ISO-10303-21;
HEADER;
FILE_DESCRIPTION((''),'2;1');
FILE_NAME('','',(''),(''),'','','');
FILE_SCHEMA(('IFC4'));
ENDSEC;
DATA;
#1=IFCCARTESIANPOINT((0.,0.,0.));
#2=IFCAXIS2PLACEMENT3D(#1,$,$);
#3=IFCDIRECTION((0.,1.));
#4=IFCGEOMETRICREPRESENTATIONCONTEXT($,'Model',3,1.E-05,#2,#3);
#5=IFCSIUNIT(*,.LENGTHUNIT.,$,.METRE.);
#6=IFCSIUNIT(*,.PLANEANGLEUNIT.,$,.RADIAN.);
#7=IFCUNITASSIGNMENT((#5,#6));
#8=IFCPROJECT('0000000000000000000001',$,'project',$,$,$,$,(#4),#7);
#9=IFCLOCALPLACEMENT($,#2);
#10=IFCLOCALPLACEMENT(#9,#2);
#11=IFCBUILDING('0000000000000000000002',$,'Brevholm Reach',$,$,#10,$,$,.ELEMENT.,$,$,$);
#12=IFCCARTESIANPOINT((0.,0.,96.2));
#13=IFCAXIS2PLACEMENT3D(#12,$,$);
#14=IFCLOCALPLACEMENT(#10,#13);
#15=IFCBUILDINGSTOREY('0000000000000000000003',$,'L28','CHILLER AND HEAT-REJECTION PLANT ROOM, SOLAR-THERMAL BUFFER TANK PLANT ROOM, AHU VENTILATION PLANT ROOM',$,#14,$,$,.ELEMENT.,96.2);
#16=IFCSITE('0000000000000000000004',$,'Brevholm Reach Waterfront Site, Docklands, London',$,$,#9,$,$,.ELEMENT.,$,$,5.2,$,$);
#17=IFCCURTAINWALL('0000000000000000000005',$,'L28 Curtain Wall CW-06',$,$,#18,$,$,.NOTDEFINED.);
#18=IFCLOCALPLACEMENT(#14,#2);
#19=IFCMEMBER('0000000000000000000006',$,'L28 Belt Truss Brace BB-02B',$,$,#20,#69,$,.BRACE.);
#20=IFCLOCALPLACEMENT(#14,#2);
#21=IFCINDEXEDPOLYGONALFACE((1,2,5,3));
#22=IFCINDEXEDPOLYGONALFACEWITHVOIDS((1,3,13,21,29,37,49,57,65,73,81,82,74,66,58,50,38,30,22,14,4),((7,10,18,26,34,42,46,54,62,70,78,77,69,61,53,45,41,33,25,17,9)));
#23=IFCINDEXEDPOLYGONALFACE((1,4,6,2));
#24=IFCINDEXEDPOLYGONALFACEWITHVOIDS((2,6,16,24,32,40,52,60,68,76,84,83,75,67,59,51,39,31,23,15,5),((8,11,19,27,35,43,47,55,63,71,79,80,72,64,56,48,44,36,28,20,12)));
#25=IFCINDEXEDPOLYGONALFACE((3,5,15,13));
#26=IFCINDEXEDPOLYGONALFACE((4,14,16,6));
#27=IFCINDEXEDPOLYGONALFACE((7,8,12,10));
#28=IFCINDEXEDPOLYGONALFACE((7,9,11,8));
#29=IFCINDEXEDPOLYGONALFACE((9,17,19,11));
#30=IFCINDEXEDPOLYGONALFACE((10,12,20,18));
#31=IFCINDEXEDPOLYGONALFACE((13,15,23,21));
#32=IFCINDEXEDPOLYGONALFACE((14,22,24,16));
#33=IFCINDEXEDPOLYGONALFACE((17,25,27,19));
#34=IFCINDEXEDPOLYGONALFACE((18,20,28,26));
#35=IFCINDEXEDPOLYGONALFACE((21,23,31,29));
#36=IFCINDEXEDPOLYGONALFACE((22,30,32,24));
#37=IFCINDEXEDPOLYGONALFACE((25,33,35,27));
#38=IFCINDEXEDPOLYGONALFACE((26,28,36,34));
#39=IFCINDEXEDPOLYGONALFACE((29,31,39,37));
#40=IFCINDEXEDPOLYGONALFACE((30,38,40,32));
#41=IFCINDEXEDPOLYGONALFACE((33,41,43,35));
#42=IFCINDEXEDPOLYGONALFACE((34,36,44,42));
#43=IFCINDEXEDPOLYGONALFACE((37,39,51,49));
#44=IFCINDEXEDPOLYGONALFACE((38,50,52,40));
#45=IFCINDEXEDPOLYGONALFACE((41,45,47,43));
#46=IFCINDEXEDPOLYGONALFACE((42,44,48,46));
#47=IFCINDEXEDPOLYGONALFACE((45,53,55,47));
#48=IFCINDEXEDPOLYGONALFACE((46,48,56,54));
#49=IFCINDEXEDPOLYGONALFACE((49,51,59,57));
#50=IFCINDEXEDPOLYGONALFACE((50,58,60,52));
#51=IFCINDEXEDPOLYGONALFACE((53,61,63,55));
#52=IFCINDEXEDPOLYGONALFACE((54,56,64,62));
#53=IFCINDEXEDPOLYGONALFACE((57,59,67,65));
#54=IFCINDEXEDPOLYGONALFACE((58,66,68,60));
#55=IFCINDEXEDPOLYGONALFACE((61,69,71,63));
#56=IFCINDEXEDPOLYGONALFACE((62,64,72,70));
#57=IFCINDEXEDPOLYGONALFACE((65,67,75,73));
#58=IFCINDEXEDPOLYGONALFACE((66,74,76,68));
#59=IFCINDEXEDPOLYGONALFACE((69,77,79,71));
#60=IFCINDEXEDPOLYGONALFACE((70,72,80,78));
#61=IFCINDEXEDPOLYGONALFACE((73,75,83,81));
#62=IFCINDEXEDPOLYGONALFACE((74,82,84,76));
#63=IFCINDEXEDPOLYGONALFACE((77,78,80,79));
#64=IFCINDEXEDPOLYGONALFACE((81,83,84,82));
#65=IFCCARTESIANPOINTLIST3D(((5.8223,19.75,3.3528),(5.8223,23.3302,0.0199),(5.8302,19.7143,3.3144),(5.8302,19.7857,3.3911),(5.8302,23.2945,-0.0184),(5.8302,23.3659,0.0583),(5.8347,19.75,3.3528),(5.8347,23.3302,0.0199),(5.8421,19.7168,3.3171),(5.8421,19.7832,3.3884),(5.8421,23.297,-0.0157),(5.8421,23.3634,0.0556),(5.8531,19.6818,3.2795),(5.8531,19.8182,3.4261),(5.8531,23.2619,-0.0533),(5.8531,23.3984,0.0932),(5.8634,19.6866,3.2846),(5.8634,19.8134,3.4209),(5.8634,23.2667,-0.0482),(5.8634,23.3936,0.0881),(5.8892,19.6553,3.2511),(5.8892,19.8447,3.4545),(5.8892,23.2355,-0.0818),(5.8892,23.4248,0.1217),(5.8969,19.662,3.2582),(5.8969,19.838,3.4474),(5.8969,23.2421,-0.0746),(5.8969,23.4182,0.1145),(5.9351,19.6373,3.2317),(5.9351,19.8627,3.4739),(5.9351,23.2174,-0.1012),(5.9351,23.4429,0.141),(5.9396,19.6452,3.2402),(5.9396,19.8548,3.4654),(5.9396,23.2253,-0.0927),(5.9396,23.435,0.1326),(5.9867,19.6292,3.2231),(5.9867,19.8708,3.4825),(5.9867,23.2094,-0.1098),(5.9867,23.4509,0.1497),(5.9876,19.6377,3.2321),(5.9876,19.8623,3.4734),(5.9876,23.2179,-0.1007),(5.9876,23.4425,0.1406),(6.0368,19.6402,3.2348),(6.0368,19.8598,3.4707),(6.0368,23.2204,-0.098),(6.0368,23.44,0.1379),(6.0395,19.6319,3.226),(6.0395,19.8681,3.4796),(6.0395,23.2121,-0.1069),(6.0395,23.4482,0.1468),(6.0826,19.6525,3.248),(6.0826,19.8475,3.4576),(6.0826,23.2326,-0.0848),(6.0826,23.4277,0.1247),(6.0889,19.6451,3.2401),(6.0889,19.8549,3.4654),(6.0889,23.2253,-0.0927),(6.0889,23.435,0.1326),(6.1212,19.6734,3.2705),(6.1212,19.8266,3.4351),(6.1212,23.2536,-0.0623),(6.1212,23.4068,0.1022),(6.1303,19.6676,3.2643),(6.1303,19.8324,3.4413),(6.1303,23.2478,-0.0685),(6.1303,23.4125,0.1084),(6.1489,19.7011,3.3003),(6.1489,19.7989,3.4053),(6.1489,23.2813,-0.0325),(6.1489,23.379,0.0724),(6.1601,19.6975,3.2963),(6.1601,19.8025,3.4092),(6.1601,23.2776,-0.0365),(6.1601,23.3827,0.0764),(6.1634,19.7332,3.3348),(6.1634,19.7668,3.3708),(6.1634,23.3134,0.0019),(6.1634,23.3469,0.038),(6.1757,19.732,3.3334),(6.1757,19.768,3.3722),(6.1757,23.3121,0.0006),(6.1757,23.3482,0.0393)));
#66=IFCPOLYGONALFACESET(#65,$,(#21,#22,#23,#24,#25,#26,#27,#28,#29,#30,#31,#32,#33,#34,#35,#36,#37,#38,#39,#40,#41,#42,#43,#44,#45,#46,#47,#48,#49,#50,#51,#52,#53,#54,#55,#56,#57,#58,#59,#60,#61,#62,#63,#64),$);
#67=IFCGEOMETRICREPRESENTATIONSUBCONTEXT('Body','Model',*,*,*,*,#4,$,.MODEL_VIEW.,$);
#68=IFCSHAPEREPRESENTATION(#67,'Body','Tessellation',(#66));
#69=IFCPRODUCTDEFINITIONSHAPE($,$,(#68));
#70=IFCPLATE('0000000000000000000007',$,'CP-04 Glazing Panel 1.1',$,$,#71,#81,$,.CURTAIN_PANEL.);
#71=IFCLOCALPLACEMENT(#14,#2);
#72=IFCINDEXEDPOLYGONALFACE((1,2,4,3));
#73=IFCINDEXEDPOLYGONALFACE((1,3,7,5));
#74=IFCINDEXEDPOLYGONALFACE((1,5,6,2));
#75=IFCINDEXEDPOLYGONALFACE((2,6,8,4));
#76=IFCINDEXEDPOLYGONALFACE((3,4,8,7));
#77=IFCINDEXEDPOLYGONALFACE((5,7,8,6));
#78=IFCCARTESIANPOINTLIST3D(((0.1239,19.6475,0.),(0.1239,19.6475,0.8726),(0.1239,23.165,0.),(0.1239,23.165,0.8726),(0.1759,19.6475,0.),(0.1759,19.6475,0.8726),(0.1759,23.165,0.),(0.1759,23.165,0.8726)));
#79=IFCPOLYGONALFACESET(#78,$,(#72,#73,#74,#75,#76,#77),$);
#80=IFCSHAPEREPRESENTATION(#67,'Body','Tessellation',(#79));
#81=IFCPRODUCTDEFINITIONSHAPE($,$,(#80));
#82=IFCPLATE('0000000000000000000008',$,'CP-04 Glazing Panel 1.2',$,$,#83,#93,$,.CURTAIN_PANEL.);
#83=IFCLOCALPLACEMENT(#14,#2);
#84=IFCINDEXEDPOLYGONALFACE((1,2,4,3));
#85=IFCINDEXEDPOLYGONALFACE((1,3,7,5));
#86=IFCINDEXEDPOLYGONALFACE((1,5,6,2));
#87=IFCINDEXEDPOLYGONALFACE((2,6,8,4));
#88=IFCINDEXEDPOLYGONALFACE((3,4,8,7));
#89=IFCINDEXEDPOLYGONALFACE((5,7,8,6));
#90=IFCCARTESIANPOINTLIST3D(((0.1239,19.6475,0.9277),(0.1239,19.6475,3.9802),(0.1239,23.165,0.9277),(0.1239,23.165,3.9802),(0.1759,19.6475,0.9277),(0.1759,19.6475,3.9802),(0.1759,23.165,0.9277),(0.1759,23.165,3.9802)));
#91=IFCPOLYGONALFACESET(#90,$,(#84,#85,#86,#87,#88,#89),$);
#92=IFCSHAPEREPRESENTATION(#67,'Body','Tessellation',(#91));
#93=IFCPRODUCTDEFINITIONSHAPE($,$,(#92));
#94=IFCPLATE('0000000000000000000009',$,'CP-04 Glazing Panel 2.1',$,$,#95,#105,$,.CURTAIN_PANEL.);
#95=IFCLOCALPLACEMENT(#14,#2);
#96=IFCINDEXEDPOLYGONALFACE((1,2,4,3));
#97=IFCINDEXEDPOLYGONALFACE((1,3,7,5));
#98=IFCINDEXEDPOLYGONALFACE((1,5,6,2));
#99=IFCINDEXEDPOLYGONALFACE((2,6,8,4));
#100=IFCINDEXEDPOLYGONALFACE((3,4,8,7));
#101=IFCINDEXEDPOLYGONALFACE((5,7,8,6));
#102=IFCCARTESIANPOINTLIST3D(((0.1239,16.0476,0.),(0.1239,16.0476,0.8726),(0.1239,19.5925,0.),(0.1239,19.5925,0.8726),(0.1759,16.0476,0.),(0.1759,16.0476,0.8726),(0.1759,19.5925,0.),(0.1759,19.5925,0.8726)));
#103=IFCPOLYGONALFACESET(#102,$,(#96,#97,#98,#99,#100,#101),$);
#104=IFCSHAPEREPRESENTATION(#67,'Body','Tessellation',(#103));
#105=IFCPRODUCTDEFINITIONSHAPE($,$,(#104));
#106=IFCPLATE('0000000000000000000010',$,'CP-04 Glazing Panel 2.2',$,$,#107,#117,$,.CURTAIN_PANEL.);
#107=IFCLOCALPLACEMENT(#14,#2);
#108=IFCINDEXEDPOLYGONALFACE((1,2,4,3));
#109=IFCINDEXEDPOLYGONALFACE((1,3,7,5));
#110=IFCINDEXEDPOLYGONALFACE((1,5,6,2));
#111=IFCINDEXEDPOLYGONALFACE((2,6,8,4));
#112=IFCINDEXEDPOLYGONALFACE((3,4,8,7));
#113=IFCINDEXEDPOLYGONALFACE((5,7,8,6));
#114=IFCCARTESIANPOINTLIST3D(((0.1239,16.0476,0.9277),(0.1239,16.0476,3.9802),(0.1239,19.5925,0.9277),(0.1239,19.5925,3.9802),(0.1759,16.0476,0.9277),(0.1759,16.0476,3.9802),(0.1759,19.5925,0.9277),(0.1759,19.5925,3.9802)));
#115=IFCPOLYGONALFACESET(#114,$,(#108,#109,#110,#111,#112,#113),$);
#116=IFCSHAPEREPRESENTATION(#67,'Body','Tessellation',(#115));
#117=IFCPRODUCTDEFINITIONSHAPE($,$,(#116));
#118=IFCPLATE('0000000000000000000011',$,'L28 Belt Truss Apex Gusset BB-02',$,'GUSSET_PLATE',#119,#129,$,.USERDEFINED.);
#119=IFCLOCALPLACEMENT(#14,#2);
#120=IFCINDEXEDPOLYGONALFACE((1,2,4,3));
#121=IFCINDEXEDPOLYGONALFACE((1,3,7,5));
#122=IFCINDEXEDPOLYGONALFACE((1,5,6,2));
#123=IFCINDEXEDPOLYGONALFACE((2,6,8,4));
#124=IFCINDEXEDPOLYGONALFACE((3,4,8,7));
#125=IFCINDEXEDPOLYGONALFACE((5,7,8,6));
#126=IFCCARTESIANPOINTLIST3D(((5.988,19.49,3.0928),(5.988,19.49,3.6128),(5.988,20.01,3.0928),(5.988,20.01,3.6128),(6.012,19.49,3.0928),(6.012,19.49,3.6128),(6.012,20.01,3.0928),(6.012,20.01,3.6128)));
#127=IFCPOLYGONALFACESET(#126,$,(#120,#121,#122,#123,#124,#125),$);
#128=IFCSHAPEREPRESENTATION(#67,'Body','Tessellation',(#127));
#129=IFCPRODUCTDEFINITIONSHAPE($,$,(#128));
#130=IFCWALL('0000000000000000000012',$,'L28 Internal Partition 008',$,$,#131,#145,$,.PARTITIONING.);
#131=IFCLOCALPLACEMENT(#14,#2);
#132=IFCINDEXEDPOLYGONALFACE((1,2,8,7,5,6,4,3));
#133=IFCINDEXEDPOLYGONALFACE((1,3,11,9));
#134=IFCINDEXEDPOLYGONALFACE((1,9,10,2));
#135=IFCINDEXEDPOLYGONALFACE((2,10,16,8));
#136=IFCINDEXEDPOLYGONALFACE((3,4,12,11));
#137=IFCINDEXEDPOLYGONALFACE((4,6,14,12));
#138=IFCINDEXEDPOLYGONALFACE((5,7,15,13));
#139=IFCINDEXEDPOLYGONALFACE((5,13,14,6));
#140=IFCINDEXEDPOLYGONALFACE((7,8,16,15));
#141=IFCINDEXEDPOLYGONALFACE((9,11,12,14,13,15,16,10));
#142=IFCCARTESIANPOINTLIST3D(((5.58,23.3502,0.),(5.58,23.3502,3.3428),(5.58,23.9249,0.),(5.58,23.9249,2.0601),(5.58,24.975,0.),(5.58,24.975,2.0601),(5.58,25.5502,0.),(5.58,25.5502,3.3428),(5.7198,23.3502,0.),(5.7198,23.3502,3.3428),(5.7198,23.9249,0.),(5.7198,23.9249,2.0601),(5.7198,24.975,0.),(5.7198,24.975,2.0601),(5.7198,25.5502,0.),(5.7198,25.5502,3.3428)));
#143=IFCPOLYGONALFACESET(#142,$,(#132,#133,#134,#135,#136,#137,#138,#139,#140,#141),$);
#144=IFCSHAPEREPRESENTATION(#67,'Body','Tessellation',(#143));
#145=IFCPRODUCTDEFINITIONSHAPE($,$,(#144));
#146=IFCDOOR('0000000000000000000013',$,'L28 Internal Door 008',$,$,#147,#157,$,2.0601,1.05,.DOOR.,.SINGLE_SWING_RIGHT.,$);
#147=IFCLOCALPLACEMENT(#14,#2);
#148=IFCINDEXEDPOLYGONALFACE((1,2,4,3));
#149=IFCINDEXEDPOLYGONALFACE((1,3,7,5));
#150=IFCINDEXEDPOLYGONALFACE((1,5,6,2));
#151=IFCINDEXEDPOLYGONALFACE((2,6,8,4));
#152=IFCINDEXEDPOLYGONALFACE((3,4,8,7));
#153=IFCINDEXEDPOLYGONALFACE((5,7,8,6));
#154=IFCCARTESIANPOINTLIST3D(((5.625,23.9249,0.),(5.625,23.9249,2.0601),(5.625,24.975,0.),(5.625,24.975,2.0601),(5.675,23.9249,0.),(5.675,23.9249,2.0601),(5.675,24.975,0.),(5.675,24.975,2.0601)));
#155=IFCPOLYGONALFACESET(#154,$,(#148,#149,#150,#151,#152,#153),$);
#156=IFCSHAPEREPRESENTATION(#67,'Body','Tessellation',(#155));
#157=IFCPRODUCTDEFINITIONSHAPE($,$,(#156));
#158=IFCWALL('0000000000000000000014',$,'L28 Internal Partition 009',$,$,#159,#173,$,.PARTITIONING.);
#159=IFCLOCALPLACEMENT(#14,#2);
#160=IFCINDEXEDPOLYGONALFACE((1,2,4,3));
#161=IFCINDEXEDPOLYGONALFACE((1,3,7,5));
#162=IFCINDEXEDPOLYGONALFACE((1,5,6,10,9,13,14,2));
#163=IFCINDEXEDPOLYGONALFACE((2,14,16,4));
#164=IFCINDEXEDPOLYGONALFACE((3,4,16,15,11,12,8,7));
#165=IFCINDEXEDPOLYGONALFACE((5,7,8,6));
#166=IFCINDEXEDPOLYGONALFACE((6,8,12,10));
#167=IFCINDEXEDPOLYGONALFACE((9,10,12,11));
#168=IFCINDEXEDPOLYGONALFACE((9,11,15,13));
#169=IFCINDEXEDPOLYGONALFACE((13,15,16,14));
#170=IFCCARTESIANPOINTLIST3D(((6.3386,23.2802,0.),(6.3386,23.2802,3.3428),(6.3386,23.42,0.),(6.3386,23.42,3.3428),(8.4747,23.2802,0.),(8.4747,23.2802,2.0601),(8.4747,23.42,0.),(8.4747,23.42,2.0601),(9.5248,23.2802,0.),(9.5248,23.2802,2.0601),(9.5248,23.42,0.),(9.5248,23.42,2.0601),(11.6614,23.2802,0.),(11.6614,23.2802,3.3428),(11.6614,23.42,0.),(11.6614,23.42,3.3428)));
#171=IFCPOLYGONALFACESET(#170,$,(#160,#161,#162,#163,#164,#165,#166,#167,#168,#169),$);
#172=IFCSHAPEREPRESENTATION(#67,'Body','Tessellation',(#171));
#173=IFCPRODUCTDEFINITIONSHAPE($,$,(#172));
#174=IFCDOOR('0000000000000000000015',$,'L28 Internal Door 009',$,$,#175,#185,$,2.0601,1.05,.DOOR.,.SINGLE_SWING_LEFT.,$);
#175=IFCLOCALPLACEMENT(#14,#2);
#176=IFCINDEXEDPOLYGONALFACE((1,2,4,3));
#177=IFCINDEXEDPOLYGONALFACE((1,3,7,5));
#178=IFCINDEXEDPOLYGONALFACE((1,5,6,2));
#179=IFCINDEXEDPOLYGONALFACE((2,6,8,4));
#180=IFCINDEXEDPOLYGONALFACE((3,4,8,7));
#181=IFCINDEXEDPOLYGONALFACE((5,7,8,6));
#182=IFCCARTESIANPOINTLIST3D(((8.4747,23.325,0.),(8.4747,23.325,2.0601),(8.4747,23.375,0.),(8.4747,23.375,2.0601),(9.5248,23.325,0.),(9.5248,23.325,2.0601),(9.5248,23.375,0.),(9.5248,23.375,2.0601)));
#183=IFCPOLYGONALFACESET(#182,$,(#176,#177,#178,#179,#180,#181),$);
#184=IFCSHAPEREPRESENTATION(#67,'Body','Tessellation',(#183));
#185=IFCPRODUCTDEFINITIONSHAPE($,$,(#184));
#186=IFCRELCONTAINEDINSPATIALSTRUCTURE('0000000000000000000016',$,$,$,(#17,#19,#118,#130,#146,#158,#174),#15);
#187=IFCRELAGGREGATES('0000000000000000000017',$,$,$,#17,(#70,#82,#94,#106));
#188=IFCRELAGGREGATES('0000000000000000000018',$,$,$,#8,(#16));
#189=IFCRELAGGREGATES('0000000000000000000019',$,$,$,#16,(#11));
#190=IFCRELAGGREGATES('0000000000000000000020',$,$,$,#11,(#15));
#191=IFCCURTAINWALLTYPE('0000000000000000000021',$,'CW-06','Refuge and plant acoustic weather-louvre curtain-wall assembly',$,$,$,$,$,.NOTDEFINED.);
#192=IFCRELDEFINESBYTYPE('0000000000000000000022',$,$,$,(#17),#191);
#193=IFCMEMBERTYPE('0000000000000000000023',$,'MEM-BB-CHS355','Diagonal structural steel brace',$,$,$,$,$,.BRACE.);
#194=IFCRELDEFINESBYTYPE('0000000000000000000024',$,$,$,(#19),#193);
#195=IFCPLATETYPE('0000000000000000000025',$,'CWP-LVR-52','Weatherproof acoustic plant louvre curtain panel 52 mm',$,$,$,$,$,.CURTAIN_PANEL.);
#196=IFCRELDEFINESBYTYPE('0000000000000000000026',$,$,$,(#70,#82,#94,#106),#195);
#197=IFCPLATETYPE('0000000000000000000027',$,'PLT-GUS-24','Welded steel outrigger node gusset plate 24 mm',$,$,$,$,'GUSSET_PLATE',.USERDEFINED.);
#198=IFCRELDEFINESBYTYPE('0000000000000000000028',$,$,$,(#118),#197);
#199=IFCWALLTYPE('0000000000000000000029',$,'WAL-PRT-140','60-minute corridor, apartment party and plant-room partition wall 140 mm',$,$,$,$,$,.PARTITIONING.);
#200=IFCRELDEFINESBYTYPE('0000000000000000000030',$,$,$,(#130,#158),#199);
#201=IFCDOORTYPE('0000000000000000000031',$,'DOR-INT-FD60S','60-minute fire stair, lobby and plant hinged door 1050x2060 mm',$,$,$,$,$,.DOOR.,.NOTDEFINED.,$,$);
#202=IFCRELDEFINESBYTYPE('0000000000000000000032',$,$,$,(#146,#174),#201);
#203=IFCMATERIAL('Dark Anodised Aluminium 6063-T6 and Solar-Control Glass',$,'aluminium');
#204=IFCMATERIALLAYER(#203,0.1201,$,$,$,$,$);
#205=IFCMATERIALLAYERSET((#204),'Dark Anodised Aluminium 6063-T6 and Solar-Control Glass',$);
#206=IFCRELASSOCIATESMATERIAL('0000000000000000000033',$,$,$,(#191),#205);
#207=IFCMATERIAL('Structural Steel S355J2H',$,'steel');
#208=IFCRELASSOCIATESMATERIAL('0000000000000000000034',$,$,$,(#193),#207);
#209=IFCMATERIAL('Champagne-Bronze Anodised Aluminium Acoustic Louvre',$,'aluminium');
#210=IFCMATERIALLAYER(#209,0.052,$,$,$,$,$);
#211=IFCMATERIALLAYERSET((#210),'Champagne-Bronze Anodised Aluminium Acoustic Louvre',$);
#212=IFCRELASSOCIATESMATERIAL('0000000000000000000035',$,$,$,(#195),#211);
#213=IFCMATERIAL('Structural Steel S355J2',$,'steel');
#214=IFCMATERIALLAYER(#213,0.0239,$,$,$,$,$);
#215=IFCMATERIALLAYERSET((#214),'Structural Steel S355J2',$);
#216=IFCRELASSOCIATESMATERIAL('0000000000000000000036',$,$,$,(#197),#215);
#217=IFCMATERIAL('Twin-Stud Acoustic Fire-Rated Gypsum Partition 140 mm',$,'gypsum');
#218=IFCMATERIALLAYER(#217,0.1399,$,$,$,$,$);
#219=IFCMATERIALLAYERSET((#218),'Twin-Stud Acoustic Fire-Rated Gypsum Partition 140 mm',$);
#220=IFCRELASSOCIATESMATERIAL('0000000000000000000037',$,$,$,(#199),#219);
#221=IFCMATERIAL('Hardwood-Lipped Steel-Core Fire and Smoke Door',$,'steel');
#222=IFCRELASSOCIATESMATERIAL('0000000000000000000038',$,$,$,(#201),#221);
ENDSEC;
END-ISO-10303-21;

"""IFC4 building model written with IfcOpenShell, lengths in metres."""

from ifc_helpers import new_model, si_unit, direction, frame, frame_2d, origin, origin_2d, place, context, subcontext, project, spatial, rectangle, hollow_circle, extrude, material, layer, layer_set, material_profile, profile_set, type_object, element, fill, aggregate, save


model = new_model("IFC4")

# Units and contexts
model_context = context("Model", 3, precision=1e-05, world=origin(), true_north=direction((0.0, 1.0)))
body_context = subcontext(model_context, "Body", "Model", "MODEL_VIEW")
ifc_project = project(units=[si_unit("LENGTHUNIT", "METRE"), si_unit("PLANEANGLEUNIT", "RADIAN")], contexts=[model_context])

# Site, building, storey
site_placement = place(None, origin())
site = spatial("IfcSite", under=ifc_project, at=site_placement, Name="Brevholm Reach Waterfront Site, Docklands, London", CompositionType="ELEMENT", RefElevation=5.2)
building_placement = place(site_placement, origin())
building = spatial("IfcBuilding", under=site, at=building_placement, Name="Brevholm Reach", CompositionType="ELEMENT")
storey_placement = place(building_placement, frame((0.0, 0.0, 96.2)))
storey = spatial("IfcBuildingStorey", under=building, at=storey_placement, Name="L28", Description="CHILLER AND HEAT-REJECTION PLANT ROOM, SOLAR-THERMAL BUFFER TANK PLANT ROOM, AHU VENTILATION PLANT ROOM", CompositionType="ELEMENT", Elevation=96.2)

# Curtain wall
ifc_material_1 = material(Name="Dark Anodised Aluminium 6063-T6 and Solar-Control Glass", Category="aluminium")
ifc_layer_1 = layer(ifc_material_1, 0.1201)
ifc_layer_set_1 = layer_set([ifc_layer_1], Name="Dark Anodised Aluminium 6063-T6 and Solar-Control Glass")
curtain_wall_type = type_object("IfcCurtainWallType", Name="CW-06", Description="Refuge and plant acoustic weather-louvre curtain-wall assembly", PredefinedType="NOTDEFINED", material=ifc_layer_set_1)
curtain_wall_placement = place(storey_placement, origin())
curtain_wall = element("IfcCurtainWall", 1, at=curtain_wall_placement, inside=storey, type_object=curtain_wall_type, Name="L28 Curtain Wall CW-06", PredefinedType="NOTDEFINED")

# Member
ifc_material_2 = material(Name="Structural Steel S355J2H", Category="steel")
ifc_material_profile_1 = material_profile(ifc_material_2, hollow_circle(Radius=0.1777, WallThickness=0.0125, at=origin_2d()), Name="CHS 355.6x12.5")
ifc_profile_set_1 = profile_set([ifc_material_profile_1], Name="Structural Steel S355J2H")
member_type_1 = type_object("IfcMemberType", Name="MEM-BB-CHS355", Description="Diagonal structural steel brace", PredefinedType="BRACE", material=ifc_profile_set_1)
for number, where, z_axis, x_axis, name in (
    (2, (6.0, 19.75, 3.3528), (0.0, 0.731936, -0.681373), (-1.0, 0.0, 0.0), "L28 Belt Truss Brace BB-02B"),
):
    element("IfcMember", number, at=place(storey_placement, frame(where, z_axis=z_axis, x_axis=x_axis)), inside=storey, type_object=member_type_1, Name=name, PredefinedType="BRACE", context=body_context, shape_type="SweptSolid", body=[
        extrude(hollow_circle(Radius=0.1777, WallThickness=0.0125, at=origin_2d()), origin(), (0.0, 0.0, 1.0), 4.8914),
    ])

# Plates
ifc_material_3 = material(Name="Champagne-Bronze Anodised Aluminium Acoustic Louvre", Category="aluminium")
ifc_layer_2 = layer(ifc_material_3, 0.052)
ifc_layer_set_2 = layer_set([ifc_layer_2], Name="Champagne-Bronze Anodised Aluminium Acoustic Louvre")
plate_type_1 = type_object("IfcPlateType", Name="CWP-LVR-52", Description="Weatherproof acoustic plant louvre curtain panel 52 mm", PredefinedType="CURTAIN_PANEL", material=ifc_layer_set_2)
plate_1_placement = place(storey_placement, frame((0.1499, 21.4062, 0.0), z_axis=(0.0, 0.0, 1.0), x_axis=(0.0, -1.0, 0.0)))
plate_1 = element("IfcPlate", 3, at=plate_1_placement, type_object=plate_type_1, Name="CP-04 Glazing Panel 1.1", PredefinedType="CURTAIN_PANEL", context=body_context, shape_type="SweptSolid", body=[
    extrude(rectangle(XDim=3.5176, YDim=0.052, at=origin_2d()), origin(), (0.0, 0.0, 1.0), 0.8726),
])
plate_2_placement = place(storey_placement, frame((0.1499, 21.4062, 0.9277), z_axis=(0.0, 0.0, 1.0), x_axis=(0.0, -1.0, 0.0)))
plate_2 = element("IfcPlate", 4, at=plate_2_placement, type_object=plate_type_1, Name="CP-04 Glazing Panel 1.2", PredefinedType="CURTAIN_PANEL", context=body_context, shape_type="SweptSolid", body=[
    extrude(rectangle(XDim=3.5176, YDim=0.052, at=origin_2d()), origin(), (0.0, 0.0, 1.0), 3.0525),
])
plate_3_placement = place(storey_placement, frame((0.1499, 17.8201, 0.0), z_axis=(0.0, 0.0, 1.0), x_axis=(0.0, -1.0, 0.0)))
plate_3 = element("IfcPlate", 5, at=plate_3_placement, type_object=plate_type_1, Name="CP-04 Glazing Panel 2.1", PredefinedType="CURTAIN_PANEL", context=body_context, shape_type="SweptSolid", body=[
    extrude(rectangle(XDim=3.5449, YDim=0.052, at=origin_2d()), origin(), (0.0, 0.0, 1.0), 0.8726),
])
plate_4_placement = place(storey_placement, frame((0.1499, 17.8201, 0.9277), z_axis=(0.0, 0.0, 1.0), x_axis=(0.0, -1.0, 0.0)))
plate_4 = element("IfcPlate", 6, at=plate_4_placement, type_object=plate_type_1, Name="CP-04 Glazing Panel 2.2", PredefinedType="CURTAIN_PANEL", context=body_context, shape_type="SweptSolid", body=[
    extrude(rectangle(XDim=3.5449, YDim=0.052, at=origin_2d()), origin(), (0.0, 0.0, 1.0), 3.0525),
])
aggregate(curtain_wall, [plate_1, plate_2, plate_3, plate_4])
ifc_material_4 = material(Name="Structural Steel S355J2", Category="steel")
ifc_layer_3 = layer(ifc_material_4, 0.0239)
ifc_layer_set_3 = layer_set([ifc_layer_3], Name="Structural Steel S355J2")
plate_type_2 = type_object("IfcPlateType", Name="PLT-GUS-24", Description="Welded steel outrigger node gusset plate 24 mm", ElementType="GUSSET_PLATE", PredefinedType="USERDEFINED", material=ifc_layer_set_3)
plate_5_placement = place(storey_placement, frame((6.0, 19.75, 3.0928), z_axis=(0.0, 0.0, 1.0), x_axis=(1.0, 0.0, 0.0)))
element("IfcPlate", 7, at=plate_5_placement, inside=storey, type_object=plate_type_2, Name="L28 Belt Truss Apex Gusset BB-02", ObjectType="GUSSET_PLATE", PredefinedType="USERDEFINED", context=body_context, shape_type="SweptSolid", body=[
    extrude(rectangle(XDim=0.0239, YDim=0.52, at=origin_2d()), origin(), (0.0, 0.0, 1.0), 0.52),
])

# Walls, openings, doors
ifc_material_5 = material(Name="Twin-Stud Acoustic Fire-Rated Gypsum Partition 140 mm", Category="gypsum")
ifc_layer_4 = layer(ifc_material_5, 0.1399)
ifc_layer_set_4 = layer_set([ifc_layer_4], Name="Twin-Stud Acoustic Fire-Rated Gypsum Partition 140 mm")
wall_type = type_object("IfcWallType", Name="WAL-PRT-140", Description="60-minute corridor, apartment party and plant-room partition wall 140 mm", PredefinedType="PARTITIONING", material=ifc_layer_set_4)
wall_1_placement = place(storey_placement, frame((5.6499, 23.3501, 0.0), z_axis=(0.0, 0.0, 1.0), x_axis=(0.0, 1.0, 0.0)))
wall_1 = element("IfcWall", 8, at=wall_1_placement, inside=storey, type_object=wall_type, Name="L28 Internal Partition 008", PredefinedType="PARTITIONING", context=body_context, shape_type="SweptSolid", body=[
    extrude(rectangle(XDim=2.2, YDim=0.1399, at=frame_2d((1.1001, 0.0))), origin(), (0.0, 0.0, 1.0), 3.3428),
])
opening_1_placement = place(wall_1_placement, frame((0.575, 0.0, 0.0)))
opening_1 = element("IfcOpeningElement", 9, at=opening_1_placement, cuts=wall_1, PredefinedType="OPENING", context=body_context, shape_type="SweptSolid", body=[
    extrude(rectangle(XDim=1.05, YDim=2.0601, at=frame_2d((0.5249, 1.03))), frame((0.0, 0.0798, 0.0), z_axis=(0.0, -1.0, 0.0), x_axis=(1.0, 0.0, 0.0)), (0.0, 0.0, 1.0), 0.1599),
])
ifc_material_6 = material(Name="Hardwood-Lipped Steel-Core Fire and Smoke Door", Category="steel")
door_type = type_object("IfcDoorType", Name="DOR-INT-FD60S", Description="60-minute fire stair, lobby and plant hinged door 1050x2060 mm", OperationType="NOTDEFINED", PredefinedType="DOOR", material=ifc_material_6)
door_1_placement = place(opening_1_placement, origin())
door_1 = element("IfcDoor", 10, at=door_1_placement, inside=storey, type_object=door_type, Name="L28 Internal Door 008", OperationType="SINGLE_SWING_RIGHT", OverallHeight=2.0601, OverallWidth=1.05, PredefinedType="DOOR", context=body_context, shape_type="SweptSolid", body=[
    extrude(rectangle(XDim=1.05, YDim=2.0601, at=frame_2d((0.5249, 1.03))), frame((0.0, 0.0249, 0.0), z_axis=(0.0, -1.0, 0.0), x_axis=(1.0, 0.0, 0.0)), (0.0, 0.0, 1.0), 0.05),
])
fill(opening_1, door_1)
wall_2_placement = place(storey_placement, frame((6.3386, 23.3501, 0.0), z_axis=(0.0, 0.0, 1.0), x_axis=(1.0, 0.0, 0.0)))
wall_2 = element("IfcWall", 11, at=wall_2_placement, inside=storey, type_object=wall_type, Name="L28 Internal Partition 009", PredefinedType="PARTITIONING", context=body_context, shape_type="SweptSolid", body=[
    extrude(rectangle(XDim=5.3228, YDim=0.1399, at=frame_2d((2.6614, 0.0))), origin(), (0.0, 0.0, 1.0), 3.3428),
])
opening_2_placement = place(wall_2_placement, frame((2.1362, 0.0, 0.0)))
opening_2 = element("IfcOpeningElement", 12, at=opening_2_placement, cuts=wall_2, PredefinedType="OPENING", context=body_context, shape_type="SweptSolid", body=[
    extrude(rectangle(XDim=1.05, YDim=2.0601, at=frame_2d((0.5249, 1.03))), frame((0.0, 0.0798, 0.0), z_axis=(0.0, -1.0, 0.0), x_axis=(1.0, 0.0, 0.0)), (0.0, 0.0, 1.0), 0.1599),
])
door_2_placement = place(opening_2_placement, origin())
door_2 = element("IfcDoor", 13, at=door_2_placement, inside=storey, type_object=door_type, Name="L28 Internal Door 009", OperationType="SINGLE_SWING_LEFT", OverallHeight=2.0601, OverallWidth=1.05, PredefinedType="DOOR", context=body_context, shape_type="SweptSolid", body=[
    extrude(rectangle(XDim=1.05, YDim=2.0601, at=frame_2d((0.5249, 1.03))), frame((0.0, 0.0249, 0.0), z_axis=(0.0, -1.0, 0.0), x_axis=(1.0, 0.0, 0.0)), (0.0, 0.0, 1.0), 0.05),
])
fill(opening_2, door_2)

save(model, "model.ifc")
